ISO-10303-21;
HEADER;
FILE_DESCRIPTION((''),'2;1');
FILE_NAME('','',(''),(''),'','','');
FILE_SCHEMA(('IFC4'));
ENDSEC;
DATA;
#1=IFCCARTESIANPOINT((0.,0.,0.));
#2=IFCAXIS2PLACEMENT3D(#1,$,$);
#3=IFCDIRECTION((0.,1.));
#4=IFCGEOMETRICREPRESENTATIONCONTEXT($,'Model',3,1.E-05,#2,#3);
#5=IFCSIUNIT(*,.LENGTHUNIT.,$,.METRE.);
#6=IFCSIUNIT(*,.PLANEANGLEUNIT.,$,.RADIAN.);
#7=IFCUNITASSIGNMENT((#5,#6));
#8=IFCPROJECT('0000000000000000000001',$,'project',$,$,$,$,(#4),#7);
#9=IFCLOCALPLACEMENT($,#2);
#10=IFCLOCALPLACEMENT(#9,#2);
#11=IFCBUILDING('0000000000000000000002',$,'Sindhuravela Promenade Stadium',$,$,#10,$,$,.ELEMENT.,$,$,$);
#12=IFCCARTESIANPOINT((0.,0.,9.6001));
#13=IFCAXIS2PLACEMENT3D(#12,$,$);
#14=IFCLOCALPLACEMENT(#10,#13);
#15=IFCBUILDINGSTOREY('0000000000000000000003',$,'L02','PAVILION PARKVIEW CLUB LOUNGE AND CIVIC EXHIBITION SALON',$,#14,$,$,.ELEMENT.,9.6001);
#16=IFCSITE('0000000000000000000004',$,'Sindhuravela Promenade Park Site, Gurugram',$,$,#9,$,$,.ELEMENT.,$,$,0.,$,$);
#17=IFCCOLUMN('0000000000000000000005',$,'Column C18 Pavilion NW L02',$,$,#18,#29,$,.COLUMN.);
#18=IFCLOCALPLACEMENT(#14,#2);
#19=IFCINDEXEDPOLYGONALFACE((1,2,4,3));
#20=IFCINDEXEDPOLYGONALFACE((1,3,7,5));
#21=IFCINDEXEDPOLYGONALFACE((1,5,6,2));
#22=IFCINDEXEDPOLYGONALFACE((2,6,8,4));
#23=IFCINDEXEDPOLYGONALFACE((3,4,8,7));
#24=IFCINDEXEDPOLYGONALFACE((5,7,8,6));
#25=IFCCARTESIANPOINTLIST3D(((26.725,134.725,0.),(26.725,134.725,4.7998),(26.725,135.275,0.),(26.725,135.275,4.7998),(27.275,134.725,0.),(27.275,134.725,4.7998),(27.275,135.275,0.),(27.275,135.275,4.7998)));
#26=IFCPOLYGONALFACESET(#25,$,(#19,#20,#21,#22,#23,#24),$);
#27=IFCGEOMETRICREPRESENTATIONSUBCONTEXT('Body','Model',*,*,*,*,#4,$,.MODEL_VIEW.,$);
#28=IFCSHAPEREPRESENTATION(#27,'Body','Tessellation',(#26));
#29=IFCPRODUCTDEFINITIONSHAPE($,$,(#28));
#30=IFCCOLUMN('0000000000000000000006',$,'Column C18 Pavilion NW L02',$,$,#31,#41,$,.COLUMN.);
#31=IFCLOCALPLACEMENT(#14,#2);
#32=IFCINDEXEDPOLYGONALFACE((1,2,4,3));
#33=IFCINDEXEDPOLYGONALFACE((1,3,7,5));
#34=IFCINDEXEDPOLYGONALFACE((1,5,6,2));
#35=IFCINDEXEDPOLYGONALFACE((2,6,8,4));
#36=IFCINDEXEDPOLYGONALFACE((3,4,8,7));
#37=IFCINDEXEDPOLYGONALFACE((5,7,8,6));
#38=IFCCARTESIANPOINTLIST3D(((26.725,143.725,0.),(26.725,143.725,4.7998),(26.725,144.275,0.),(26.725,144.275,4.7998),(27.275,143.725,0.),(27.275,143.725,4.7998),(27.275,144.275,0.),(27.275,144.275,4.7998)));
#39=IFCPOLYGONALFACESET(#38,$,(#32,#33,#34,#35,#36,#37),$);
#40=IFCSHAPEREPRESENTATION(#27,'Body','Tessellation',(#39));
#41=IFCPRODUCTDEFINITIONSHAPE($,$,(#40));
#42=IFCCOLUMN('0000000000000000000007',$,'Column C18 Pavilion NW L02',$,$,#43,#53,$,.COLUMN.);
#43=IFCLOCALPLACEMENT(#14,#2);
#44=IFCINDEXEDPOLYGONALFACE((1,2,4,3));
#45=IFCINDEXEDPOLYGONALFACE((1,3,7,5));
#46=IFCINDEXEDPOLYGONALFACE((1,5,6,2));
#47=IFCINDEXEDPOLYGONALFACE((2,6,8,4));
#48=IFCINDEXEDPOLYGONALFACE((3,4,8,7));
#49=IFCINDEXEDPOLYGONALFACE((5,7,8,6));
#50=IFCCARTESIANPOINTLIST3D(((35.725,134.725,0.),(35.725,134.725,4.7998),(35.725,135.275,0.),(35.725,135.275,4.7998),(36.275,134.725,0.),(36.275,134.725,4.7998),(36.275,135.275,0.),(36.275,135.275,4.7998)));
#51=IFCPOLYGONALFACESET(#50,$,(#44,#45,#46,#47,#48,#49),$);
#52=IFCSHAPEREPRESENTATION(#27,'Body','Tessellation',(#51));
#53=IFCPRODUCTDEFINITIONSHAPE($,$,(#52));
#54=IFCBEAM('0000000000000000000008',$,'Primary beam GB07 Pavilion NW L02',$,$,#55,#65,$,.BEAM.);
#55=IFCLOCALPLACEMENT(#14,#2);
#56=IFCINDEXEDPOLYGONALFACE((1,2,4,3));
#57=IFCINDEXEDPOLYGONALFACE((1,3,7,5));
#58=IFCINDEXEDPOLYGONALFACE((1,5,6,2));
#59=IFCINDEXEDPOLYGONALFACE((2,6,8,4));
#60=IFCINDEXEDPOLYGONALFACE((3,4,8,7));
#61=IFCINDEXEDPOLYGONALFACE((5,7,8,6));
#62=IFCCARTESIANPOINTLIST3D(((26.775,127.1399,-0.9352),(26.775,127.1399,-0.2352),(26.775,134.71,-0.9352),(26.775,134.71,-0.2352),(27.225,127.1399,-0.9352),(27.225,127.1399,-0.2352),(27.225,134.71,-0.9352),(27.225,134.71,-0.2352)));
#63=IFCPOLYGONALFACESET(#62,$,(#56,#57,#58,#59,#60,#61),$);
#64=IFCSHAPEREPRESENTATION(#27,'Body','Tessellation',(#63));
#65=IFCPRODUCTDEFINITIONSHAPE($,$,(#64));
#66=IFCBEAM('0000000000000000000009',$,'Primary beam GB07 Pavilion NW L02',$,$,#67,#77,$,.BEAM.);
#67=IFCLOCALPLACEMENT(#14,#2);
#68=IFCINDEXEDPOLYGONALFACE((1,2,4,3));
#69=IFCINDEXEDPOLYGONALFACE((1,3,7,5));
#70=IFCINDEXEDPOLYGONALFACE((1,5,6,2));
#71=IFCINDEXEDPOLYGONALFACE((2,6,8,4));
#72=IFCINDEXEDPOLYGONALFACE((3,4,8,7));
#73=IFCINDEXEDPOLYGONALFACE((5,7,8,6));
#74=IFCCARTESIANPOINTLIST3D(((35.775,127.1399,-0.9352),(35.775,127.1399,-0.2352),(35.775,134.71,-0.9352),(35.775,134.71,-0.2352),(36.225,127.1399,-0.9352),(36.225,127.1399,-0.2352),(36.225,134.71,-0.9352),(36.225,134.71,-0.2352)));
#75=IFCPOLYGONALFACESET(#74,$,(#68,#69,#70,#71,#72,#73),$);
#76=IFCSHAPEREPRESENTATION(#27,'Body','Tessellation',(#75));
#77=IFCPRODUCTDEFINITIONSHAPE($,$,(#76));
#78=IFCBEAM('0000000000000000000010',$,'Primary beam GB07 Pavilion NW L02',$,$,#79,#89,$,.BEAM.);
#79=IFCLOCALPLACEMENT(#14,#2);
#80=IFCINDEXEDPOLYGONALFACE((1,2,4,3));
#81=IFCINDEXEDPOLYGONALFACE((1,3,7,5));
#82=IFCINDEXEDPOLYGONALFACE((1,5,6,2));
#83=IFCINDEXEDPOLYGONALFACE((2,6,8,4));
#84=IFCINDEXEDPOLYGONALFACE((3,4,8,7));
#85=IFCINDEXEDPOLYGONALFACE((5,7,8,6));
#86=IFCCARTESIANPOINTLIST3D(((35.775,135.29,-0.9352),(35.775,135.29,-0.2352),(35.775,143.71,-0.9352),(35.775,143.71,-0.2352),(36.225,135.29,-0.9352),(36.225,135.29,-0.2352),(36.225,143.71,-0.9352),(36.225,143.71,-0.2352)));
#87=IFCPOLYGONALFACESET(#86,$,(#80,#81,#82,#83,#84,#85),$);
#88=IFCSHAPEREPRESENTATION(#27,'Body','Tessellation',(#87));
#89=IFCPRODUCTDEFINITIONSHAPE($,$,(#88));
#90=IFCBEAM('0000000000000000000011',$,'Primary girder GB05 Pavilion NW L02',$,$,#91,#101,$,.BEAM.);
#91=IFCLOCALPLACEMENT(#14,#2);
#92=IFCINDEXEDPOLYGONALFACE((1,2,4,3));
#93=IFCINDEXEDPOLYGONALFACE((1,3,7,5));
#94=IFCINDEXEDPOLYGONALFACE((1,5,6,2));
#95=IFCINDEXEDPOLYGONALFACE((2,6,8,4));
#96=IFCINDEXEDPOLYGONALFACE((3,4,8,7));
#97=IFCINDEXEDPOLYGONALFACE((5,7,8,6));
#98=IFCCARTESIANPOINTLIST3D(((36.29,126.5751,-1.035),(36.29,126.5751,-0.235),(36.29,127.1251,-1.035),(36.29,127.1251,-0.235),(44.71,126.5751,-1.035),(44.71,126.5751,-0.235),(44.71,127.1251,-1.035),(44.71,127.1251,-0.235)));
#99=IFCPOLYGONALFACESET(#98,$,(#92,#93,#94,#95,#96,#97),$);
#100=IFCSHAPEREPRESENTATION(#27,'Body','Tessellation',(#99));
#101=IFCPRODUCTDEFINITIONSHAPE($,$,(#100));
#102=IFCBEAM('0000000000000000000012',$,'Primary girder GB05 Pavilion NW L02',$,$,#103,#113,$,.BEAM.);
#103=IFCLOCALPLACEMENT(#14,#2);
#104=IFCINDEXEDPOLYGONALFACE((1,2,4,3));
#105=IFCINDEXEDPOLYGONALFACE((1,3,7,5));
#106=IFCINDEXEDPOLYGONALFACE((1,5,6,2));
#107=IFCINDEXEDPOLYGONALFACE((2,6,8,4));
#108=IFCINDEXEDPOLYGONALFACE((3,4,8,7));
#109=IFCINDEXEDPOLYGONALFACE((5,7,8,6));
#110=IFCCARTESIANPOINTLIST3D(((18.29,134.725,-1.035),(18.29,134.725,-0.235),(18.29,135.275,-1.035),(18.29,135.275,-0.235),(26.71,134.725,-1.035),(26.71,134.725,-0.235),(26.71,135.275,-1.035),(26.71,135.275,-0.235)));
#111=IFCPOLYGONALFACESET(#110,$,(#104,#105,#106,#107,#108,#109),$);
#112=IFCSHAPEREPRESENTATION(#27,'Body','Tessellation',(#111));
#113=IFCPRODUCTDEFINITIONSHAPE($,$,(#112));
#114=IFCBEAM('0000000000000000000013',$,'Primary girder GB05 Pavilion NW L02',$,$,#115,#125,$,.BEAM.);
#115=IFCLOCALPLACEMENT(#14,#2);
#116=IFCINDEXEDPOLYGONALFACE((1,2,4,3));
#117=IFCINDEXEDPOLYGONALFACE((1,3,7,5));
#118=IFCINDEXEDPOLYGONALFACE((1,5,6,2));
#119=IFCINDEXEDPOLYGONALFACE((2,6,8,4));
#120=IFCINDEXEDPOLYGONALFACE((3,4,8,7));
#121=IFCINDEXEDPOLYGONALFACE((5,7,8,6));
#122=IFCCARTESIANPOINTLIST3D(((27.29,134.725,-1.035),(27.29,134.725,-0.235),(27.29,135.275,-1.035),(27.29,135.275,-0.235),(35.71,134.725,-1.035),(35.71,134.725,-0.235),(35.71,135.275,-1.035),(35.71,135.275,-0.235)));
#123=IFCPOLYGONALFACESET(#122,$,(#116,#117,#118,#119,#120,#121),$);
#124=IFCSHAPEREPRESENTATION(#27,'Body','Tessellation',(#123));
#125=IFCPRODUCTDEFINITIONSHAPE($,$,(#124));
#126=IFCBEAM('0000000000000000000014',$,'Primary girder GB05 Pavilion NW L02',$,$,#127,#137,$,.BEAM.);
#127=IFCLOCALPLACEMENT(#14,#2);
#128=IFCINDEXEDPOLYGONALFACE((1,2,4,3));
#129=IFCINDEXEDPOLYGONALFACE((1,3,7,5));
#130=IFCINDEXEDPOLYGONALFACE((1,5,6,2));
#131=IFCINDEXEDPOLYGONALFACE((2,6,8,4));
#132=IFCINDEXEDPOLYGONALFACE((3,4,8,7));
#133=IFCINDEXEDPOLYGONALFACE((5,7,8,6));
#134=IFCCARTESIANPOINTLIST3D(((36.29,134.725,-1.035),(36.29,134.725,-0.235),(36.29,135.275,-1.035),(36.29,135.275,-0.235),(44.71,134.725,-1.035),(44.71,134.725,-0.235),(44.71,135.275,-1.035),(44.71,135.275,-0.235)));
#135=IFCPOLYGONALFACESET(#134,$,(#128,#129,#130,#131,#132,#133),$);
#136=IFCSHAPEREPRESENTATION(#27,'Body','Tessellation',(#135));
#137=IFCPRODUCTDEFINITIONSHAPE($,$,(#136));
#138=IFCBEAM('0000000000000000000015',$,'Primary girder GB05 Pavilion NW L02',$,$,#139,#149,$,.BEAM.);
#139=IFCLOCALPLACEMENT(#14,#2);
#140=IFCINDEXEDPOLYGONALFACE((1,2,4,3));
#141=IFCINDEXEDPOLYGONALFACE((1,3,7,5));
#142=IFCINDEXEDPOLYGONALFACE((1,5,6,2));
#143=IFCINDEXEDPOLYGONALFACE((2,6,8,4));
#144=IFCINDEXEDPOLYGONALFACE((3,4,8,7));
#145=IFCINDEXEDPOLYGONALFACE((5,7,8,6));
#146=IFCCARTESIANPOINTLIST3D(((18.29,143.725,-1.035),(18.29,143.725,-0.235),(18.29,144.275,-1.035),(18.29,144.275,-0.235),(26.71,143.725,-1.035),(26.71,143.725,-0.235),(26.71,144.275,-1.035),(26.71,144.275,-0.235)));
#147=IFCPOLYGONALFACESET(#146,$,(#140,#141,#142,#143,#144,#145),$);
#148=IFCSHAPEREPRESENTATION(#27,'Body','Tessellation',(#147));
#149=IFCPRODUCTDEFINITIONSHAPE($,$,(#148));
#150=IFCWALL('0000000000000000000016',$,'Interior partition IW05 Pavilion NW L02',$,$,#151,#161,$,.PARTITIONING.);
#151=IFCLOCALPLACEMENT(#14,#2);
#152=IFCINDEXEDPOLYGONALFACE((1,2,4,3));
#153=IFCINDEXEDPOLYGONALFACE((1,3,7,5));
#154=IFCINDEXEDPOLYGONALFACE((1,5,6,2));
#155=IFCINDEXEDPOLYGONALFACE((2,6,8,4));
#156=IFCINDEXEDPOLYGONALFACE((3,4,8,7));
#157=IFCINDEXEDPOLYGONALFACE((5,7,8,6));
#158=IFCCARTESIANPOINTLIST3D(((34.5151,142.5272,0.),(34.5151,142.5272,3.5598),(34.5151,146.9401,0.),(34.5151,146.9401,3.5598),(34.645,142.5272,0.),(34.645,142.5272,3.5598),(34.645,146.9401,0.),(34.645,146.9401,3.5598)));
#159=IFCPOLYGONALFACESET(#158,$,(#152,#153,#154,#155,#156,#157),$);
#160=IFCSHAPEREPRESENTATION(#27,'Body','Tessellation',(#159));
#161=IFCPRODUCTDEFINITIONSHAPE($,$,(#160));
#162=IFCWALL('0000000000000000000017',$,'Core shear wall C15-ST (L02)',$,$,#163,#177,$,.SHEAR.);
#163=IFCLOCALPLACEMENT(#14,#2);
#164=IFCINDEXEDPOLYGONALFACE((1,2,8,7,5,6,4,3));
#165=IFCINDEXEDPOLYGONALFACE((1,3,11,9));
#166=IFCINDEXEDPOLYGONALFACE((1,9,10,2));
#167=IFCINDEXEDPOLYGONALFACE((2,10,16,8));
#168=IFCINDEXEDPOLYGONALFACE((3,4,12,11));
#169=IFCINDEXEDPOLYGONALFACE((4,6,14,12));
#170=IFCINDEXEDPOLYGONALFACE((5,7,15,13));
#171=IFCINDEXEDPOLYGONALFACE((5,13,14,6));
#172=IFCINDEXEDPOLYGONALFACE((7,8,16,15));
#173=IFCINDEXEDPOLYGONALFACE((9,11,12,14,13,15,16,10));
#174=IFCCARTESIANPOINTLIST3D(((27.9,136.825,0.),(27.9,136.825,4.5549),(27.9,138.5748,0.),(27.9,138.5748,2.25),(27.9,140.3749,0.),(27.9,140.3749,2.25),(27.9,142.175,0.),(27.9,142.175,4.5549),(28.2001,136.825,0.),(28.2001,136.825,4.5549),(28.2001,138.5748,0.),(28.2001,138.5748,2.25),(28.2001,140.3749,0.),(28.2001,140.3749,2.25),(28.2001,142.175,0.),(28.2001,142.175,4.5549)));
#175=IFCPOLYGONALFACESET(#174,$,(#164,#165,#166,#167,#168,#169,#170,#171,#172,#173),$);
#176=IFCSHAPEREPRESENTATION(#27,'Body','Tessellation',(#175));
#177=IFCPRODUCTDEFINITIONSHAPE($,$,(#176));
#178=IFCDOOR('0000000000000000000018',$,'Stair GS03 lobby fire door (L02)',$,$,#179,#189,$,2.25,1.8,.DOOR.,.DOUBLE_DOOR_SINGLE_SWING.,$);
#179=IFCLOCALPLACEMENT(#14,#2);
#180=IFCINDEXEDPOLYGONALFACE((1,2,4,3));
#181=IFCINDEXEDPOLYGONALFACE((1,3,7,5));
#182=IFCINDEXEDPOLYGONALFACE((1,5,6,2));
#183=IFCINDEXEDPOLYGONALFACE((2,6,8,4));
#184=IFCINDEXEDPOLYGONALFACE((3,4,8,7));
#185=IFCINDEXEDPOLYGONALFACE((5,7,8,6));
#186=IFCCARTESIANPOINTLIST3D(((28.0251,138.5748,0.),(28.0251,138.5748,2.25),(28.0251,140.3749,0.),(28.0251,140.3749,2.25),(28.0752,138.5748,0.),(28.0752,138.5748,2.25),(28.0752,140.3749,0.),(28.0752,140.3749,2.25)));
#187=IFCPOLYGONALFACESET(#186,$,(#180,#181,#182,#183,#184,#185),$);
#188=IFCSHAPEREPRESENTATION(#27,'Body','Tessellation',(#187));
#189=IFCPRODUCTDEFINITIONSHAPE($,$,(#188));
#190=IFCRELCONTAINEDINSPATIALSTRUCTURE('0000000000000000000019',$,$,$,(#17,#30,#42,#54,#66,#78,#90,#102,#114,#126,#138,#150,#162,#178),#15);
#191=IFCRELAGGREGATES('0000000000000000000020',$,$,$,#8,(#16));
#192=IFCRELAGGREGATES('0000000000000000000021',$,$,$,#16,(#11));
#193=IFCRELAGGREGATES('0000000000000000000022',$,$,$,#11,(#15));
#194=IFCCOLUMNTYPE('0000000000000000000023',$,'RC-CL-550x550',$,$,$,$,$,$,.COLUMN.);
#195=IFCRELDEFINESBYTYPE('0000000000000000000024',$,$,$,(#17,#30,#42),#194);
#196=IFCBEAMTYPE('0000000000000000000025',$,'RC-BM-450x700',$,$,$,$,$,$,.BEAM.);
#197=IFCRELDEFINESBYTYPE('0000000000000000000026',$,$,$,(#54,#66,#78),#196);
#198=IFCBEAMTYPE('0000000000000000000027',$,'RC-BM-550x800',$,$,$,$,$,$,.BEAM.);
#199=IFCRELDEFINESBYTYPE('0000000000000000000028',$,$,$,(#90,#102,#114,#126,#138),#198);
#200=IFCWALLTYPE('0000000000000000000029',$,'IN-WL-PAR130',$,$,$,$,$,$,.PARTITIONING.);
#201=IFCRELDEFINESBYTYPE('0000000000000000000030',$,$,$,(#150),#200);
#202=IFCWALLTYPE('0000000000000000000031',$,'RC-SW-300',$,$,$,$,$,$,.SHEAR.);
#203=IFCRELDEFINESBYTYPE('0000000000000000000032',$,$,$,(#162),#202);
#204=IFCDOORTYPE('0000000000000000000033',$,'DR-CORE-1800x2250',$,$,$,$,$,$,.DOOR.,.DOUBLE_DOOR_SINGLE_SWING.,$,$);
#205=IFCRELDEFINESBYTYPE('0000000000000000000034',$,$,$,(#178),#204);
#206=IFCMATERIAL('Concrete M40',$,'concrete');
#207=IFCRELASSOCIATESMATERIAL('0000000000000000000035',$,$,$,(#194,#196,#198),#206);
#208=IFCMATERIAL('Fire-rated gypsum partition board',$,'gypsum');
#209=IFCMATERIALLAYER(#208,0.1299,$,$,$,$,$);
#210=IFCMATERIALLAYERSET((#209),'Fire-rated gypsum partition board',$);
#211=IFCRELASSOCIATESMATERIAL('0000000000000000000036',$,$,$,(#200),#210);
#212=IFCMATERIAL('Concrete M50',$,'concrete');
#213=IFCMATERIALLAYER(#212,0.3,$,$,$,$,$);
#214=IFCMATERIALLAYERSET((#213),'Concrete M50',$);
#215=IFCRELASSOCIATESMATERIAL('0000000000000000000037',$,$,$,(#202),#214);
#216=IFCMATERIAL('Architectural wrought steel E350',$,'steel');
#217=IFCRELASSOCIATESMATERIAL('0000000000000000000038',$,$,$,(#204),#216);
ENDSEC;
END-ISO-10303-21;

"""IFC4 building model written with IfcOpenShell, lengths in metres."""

from ifc_helpers import new_model, si_unit, direction, frame, frame_2d, origin, origin_2d, place, context, subcontext, project, spatial, rectangle, extrude, material, layer, layer_set, material_profile, profile_set, type_object, element, fill, save


model = new_model("IFC4")

# Units and contexts
model_context = context("Model", 3, precision=1e-05, world=origin(), true_north=direction((0.0, 1.0)))
body_context = subcontext(model_context, "Body", "Model", "MODEL_VIEW")
ifc_project = project(units=[si_unit("LENGTHUNIT", "METRE"), si_unit("PLANEANGLEUNIT", "RADIAN")], contexts=[model_context])

# Site, building, storey
site_placement = place(None, origin())
site = spatial("IfcSite", under=ifc_project, at=site_placement, Name="Sindhuravela Promenade Park Site, Gurugram", CompositionType="ELEMENT", RefElevation=0.0)
building_placement = place(site_placement, origin())
building = spatial("IfcBuilding", under=site, at=building_placement, Name="Sindhuravela Promenade Stadium", CompositionType="ELEMENT")
storey_placement = place(building_placement, frame((0.0, 0.0, 9.6001)))
storey = spatial("IfcBuildingStorey", under=building, at=storey_placement, Name="L02", Description="PAVILION PARKVIEW CLUB LOUNGE AND CIVIC EXHIBITION SALON", CompositionType="ELEMENT", Elevation=9.6001)

# Columns
ifc_material_1 = material(Name="Concrete M40", Category="concrete")
ifc_material_profile_1 = material_profile(ifc_material_1, rectangle(XDim=0.55, YDim=0.55, at=origin_2d()), Name="RC 550x550")
ifc_profile_set_1 = profile_set([ifc_material_profile_1], Name="Concrete M40")
column_type = type_object("IfcColumnType", Name="RC-CL-550x550", PredefinedType="COLUMN", material=ifc_profile_set_1)
for number, where, z_axis, x_axis, name in (
    (1, (27.0, 135.0, 0.0), (0.0, 0.0, 1.0), (1.0, 0.0, 0.0), "Column C18 Pavilion NW L02"),
    (2, (27.0, 144.0, 0.0), (0.0, 0.0, 1.0), (1.0, 0.0, 0.0), "Column C18 Pavilion NW L02"),
    (3, (36.0, 135.0, 0.0), (0.0, 0.0, 1.0), (1.0, 0.0, 0.0), "Column C18 Pavilion NW L02"),
):
    element("IfcColumn", number, at=place(storey_placement, frame(where, z_axis=z_axis, x_axis=x_axis)), inside=storey, type_object=column_type, Name=name, PredefinedType="COLUMN", context=body_context, shape_type="SweptSolid", body=[
        extrude(rectangle(XDim=0.55, YDim=0.55, at=origin_2d()), origin(), (0.0, 0.0, 1.0), 4.7998),
    ])

# Beams
ifc_material_profile_2 = material_profile(ifc_material_1, rectangle(XDim=0.45, YDim=0.7, at=origin_2d()), Name="RC 450x700")
ifc_profile_set_2 = profile_set([ifc_material_profile_2], Name="Concrete M40")
beam_type_1 = type_object("IfcBeamType", Name="RC-BM-450x700", PredefinedType="BEAM", material=ifc_profile_set_2)
for number, where, z_axis, x_axis, name in (
    (4, (27.0, 127.1399, -0.5852), (0.0, 1.0, 0.0), (-1.0, 0.0, 0.0), "Primary beam GB07 Pavilion NW L02"),
    (5, (36.0, 127.1399, -0.5852), (0.0, 1.0, 0.0), (-1.0, 0.0, 0.0), "Primary beam GB07 Pavilion NW L02"),
):
    element("IfcBeam", number, at=place(storey_placement, frame(where, z_axis=z_axis, x_axis=x_axis)), inside=storey, type_object=beam_type_1, Name=name, PredefinedType="BEAM", context=body_context, shape_type="SweptSolid", body=[
        extrude(rectangle(XDim=0.45, YDim=0.7, at=origin_2d()), origin(), (0.0, 0.0, 1.0), 7.5701),
    ])
beam_placement = place(storey_placement, frame((36.0, 135.29, -0.5852), z_axis=(0.0, 1.0, 0.0), x_axis=(-1.0, 0.0, 0.0)))
element("IfcBeam", 6, at=beam_placement, inside=storey, type_object=beam_type_1, Name="Primary beam GB07 Pavilion NW L02", PredefinedType="BEAM", context=body_context, shape_type="SweptSolid", body=[
    extrude(rectangle(XDim=0.45, YDim=0.7, at=origin_2d()), origin(), (0.0, 0.0, 1.0), 8.4199),
])
ifc_material_profile_3 = material_profile(ifc_material_1, rectangle(XDim=0.55, YDim=0.8, at=origin_2d()), Name="RC 550x800")
ifc_profile_set_3 = profile_set([ifc_material_profile_3], Name="Concrete M40")
beam_type_2 = type_object("IfcBeamType", Name="RC-BM-550x800", PredefinedType="BEAM", material=ifc_profile_set_3)
for number, where, z_axis, x_axis, name in (
    (7, (36.29, 126.8501, -0.635), (1.0, 0.0, 0.0), (0.0, 1.0, 0.0), "Primary girder GB05 Pavilion NW L02"),
    (8, (18.29, 135.0, -0.635), (1.0, 0.0, 0.0), (0.0, 1.0, 0.0), "Primary girder GB05 Pavilion NW L02"),
    (9, (27.29, 135.0, -0.635), (1.0, 0.0, 0.0), (0.0, 1.0, 0.0), "Primary girder GB05 Pavilion NW L02"),
    (10, (36.29, 135.0, -0.635), (1.0, 0.0, 0.0), (0.0, 1.0, 0.0), "Primary girder GB05 Pavilion NW L02"),
    (11, (18.29, 144.0, -0.635), (1.0, 0.0, 0.0), (0.0, 1.0, 0.0), "Primary girder GB05 Pavilion NW L02"),
):
    element("IfcBeam", number, at=place(storey_placement, frame(where, z_axis=z_axis, x_axis=x_axis)), inside=storey, type_object=beam_type_2, Name=name, PredefinedType="BEAM", context=body_context, shape_type="SweptSolid", body=[
        extrude(rectangle(XDim=0.55, YDim=0.8, at=origin_2d()), origin(), (0.0, 0.0, 1.0), 8.4199),
    ])

# Wall
ifc_material_2 = material(Name="Fire-rated gypsum partition board", Category="gypsum")
ifc_layer_1 = layer(ifc_material_2, 0.1299)
ifc_layer_set_1 = layer_set([ifc_layer_1], Name="Fire-rated gypsum partition board")
wall_type_1 = type_object("IfcWallType", Name="IN-WL-PAR130", PredefinedType="PARTITIONING", material=ifc_layer_set_1)
wall_1_placement = place(storey_placement, frame((34.5801, 142.5271, 0.0), z_axis=(0.0, 0.0, 1.0), x_axis=(0.0, 1.0, 0.0)))
element("IfcWall", 12, at=wall_1_placement, inside=storey, type_object=wall_type_1, Name="Interior partition IW05 Pavilion NW L02", PredefinedType="PARTITIONING", context=body_context, shape_type="SweptSolid", body=[
    extrude(rectangle(XDim=4.4128, YDim=0.1299, at=frame_2d((2.2065, 0.0))), origin(), (0.0, 0.0, 1.0), 3.5598),
])

# Wall, opening, door
ifc_material_3 = material(Name="Concrete M50", Category="concrete")
ifc_layer_2 = layer(ifc_material_3, 0.3)
ifc_layer_set_2 = layer_set([ifc_layer_2], Name="Concrete M50")
wall_type_2 = type_object("IfcWallType", Name="RC-SW-300", PredefinedType="SHEAR", material=ifc_layer_set_2)
wall_2_placement = place(storey_placement, frame((28.05, 136.825, 0.0), z_axis=(0.0, 0.0, 1.0), x_axis=(0.0, 1.0, 0.0)))
wall_2 = element("IfcWall", 13, at=wall_2_placement, inside=storey, type_object=wall_type_2, Name="Core shear wall C15-ST (L02)", PredefinedType="SHEAR", context=body_context, shape_type="SweptSolid", body=[
    extrude(rectangle(XDim=5.3501, YDim=0.3, at=frame_2d((2.675, 0.0))), origin(), (0.0, 0.0, 1.0), 4.5549),
])
opening_1_placement = place(wall_2_placement, frame((1.75, 0.0, 0.0)))
opening_1 = element("IfcOpeningElement", 14, at=opening_1_placement, cuts=wall_2, PredefinedType="OPENING", context=body_context, shape_type="SweptSolid", body=[
    extrude(rectangle(XDim=1.8, YDim=2.25, at=frame_2d((0.8999, 1.125))), frame((0.0, 0.1599, 0.0), z_axis=(0.0, -1.0, 0.0), x_axis=(1.0, 0.0, 0.0)), (0.0, 0.0, 1.0), 0.3201),
])
ifc_material_4 = material(Name="Architectural wrought steel E350", Category="steel")
door_type_1 = type_object("IfcDoorType", Name="DR-CORE-1800x2250", OperationType="DOUBLE_DOOR_SINGLE_SWING", PredefinedType="DOOR", material=ifc_material_4)
door_1_placement = place(opening_1_placement, origin())
door_1 = element("IfcDoor", 15, at=door_1_placement, inside=storey, type_object=door_type_1, Name="Stair GS03 lobby fire door (L02)", OperationType="DOUBLE_DOOR_SINGLE_SWING", OverallHeight=2.25, OverallWidth=1.8, PredefinedType="DOOR", context=body_context, shape_type="SweptSolid", body=[
    extrude(rectangle(XDim=1.8, YDim=2.25, at=frame_2d((0.8999, 1.125))), frame((0.0, 0.0249, 0.0), z_axis=(0.0, -1.0, 0.0), x_axis=(1.0, 0.0, 0.0)), (0.0, 0.0, 1.0), 0.05),
])
fill(opening_1, door_1)

save(model, "model.ifc")
